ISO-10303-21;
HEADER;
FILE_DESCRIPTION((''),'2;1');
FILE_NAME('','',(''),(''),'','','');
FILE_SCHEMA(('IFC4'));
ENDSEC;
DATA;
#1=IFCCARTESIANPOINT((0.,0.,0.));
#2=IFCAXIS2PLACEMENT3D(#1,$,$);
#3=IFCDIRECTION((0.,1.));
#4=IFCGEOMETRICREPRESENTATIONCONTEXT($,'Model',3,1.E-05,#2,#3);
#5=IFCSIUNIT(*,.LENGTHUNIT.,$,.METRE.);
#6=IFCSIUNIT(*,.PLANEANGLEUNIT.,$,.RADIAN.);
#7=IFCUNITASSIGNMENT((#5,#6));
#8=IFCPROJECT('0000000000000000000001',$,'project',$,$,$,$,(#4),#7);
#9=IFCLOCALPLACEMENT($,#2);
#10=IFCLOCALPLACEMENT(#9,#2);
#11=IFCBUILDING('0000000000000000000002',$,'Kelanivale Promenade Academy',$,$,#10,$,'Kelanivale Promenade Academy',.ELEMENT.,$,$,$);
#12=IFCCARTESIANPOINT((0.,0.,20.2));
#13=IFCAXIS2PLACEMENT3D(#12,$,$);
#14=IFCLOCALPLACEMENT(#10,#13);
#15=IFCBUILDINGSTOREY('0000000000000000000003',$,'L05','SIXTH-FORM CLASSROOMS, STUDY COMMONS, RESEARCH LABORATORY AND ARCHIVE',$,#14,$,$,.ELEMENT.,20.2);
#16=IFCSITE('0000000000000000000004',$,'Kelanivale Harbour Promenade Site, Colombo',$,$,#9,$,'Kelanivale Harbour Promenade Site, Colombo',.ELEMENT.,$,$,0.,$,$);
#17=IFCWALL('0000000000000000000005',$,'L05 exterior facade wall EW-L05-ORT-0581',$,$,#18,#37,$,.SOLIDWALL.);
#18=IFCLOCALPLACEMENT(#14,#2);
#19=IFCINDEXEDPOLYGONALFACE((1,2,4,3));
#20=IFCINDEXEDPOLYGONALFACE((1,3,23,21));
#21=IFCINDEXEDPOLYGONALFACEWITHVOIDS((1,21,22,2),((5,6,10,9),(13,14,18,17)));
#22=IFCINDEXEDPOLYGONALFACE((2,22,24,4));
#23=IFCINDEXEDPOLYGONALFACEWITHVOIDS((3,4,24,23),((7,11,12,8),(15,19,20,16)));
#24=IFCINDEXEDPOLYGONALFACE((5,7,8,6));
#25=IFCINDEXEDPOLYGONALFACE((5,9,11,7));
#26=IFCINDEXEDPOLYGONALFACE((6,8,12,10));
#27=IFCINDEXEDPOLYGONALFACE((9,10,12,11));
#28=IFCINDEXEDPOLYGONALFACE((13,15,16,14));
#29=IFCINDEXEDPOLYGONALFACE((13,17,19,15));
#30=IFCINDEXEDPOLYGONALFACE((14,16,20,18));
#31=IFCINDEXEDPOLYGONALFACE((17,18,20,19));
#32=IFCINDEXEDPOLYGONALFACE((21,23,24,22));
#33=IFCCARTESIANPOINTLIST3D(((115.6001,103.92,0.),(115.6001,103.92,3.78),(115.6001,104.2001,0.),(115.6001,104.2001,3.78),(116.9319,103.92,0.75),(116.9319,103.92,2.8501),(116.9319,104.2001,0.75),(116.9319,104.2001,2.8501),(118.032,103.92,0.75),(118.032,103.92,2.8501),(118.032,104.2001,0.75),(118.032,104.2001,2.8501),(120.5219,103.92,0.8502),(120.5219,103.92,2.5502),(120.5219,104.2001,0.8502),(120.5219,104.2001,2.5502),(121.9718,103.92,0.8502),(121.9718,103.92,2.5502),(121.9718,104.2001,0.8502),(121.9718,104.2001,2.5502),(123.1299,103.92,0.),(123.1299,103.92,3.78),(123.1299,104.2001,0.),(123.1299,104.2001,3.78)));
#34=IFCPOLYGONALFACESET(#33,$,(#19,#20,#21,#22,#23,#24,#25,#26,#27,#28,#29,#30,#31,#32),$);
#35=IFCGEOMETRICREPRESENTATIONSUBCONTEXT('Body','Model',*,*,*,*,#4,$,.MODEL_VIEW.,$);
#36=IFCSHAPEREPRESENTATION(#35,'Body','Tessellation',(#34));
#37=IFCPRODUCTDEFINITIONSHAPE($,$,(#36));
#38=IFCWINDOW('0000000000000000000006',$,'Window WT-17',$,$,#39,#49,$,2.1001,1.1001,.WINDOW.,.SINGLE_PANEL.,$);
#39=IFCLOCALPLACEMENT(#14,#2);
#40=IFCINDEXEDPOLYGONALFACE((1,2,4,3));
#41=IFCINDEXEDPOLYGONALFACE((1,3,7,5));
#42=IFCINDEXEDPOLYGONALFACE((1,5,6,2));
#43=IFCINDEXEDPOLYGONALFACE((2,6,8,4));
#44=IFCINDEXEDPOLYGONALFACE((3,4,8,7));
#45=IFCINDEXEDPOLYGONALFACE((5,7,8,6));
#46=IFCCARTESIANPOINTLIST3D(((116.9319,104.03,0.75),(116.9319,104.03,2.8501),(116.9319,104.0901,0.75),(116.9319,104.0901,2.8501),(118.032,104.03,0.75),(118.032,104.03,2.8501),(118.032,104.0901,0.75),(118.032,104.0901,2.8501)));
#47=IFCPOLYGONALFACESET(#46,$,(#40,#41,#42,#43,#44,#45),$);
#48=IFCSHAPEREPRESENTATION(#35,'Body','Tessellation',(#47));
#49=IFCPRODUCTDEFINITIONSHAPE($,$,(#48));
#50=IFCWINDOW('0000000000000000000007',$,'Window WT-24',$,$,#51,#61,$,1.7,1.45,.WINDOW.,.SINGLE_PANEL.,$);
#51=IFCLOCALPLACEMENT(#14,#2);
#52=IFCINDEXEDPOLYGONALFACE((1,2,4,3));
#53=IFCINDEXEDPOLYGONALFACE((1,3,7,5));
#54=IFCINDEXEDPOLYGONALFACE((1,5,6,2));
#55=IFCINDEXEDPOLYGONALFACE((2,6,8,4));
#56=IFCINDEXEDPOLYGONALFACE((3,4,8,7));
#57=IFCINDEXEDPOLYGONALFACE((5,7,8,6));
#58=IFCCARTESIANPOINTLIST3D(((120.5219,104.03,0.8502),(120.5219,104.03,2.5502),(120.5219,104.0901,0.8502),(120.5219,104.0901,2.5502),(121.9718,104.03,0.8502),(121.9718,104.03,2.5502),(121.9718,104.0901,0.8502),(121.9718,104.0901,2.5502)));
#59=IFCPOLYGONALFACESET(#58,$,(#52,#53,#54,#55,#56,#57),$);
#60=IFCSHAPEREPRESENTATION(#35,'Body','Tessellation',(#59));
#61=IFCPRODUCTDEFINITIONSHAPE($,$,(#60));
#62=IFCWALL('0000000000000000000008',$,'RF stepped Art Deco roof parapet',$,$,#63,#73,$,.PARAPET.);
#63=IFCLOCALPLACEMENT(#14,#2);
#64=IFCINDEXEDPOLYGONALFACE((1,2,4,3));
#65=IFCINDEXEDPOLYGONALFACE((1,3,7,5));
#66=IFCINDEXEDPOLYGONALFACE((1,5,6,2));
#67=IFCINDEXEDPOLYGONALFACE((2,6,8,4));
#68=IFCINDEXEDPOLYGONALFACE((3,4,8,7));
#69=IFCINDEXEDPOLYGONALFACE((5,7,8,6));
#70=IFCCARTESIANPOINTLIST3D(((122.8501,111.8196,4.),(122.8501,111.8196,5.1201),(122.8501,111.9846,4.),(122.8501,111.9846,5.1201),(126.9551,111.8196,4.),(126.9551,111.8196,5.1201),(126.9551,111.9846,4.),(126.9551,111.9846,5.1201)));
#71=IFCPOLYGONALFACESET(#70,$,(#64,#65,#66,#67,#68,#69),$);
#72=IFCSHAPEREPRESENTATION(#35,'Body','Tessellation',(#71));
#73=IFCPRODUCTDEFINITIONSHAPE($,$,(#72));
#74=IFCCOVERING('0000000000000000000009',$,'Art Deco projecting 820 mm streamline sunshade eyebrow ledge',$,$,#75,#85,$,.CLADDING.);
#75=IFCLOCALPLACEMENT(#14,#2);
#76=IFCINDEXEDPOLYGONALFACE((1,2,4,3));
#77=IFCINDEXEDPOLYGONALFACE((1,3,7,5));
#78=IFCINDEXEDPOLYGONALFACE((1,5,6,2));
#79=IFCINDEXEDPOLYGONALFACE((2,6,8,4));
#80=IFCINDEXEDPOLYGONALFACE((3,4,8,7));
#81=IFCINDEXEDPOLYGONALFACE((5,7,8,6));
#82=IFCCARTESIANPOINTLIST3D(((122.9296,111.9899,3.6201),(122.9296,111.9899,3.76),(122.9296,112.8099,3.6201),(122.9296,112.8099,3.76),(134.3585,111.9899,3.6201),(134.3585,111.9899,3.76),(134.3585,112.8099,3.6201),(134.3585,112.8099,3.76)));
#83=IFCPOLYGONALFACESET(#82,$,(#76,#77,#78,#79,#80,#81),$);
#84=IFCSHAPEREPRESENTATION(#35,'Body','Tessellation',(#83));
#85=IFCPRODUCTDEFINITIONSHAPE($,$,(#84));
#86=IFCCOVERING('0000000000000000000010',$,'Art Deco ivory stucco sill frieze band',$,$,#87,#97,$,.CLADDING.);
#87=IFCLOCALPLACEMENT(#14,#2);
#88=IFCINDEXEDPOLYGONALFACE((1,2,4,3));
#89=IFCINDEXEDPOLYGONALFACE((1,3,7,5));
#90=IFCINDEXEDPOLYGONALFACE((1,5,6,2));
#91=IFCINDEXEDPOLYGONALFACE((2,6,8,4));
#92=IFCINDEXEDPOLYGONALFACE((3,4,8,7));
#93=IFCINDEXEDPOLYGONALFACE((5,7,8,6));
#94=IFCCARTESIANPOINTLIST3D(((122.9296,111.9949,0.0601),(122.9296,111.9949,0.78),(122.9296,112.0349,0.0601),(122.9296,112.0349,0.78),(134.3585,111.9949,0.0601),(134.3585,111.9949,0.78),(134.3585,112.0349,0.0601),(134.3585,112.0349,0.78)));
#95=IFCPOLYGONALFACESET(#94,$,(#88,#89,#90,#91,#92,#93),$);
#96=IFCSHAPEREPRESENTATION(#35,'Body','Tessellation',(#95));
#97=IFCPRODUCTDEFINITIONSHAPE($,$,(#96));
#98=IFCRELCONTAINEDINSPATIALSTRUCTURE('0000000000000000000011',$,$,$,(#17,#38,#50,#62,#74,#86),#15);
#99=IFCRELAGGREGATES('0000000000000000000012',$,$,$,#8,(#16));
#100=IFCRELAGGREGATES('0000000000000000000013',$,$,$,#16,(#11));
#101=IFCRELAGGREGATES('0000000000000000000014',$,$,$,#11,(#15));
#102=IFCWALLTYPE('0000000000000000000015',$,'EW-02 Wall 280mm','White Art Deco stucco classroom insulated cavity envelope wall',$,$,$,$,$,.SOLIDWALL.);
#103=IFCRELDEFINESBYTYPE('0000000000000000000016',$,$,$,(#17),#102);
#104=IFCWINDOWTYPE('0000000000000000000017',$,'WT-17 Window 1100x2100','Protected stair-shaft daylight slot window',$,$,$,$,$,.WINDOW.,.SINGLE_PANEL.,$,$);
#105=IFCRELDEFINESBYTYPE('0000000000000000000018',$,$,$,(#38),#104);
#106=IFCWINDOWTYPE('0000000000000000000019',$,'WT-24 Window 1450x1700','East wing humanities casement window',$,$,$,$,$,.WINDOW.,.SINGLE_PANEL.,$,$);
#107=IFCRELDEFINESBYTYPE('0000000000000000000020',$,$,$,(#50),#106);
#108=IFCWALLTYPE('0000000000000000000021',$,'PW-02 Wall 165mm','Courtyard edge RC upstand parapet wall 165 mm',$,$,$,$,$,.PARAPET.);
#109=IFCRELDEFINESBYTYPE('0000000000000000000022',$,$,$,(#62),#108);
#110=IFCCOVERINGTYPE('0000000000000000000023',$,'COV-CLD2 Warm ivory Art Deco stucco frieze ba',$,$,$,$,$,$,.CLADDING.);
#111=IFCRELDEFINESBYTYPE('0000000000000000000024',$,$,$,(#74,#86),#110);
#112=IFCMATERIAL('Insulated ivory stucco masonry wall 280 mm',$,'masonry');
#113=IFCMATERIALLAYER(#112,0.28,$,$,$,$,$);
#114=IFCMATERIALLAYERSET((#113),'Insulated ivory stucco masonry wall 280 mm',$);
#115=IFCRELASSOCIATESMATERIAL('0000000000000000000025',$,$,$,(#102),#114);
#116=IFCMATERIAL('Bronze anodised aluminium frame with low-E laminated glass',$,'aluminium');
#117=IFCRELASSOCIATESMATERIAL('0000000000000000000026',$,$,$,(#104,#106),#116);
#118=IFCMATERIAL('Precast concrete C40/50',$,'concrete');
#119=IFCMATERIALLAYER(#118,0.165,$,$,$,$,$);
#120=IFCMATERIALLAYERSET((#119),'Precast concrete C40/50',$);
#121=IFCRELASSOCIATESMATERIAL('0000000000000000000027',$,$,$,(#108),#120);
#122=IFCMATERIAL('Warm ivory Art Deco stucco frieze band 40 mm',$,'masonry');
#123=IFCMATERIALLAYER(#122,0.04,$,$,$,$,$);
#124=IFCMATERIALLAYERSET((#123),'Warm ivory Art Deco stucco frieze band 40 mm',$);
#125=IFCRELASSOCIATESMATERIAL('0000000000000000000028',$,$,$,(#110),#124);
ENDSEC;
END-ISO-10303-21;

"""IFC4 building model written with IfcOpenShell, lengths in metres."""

from ifc_helpers import new_model, si_unit, direction, frame, frame_2d, origin, origin_2d, place, context, subcontext, project, spatial, rectangle, extrude, material, layer, layer_set, type_object, element, fill, save


model = new_model("IFC4")

# Units and contexts
model_context = context("Model", 3, precision=1e-05, world=origin(), true_north=direction((0.0, 1.0)))
body_context = subcontext(model_context, "Body", "Model", "MODEL_VIEW")
ifc_project = project(units=[si_unit("LENGTHUNIT", "METRE"), si_unit("PLANEANGLEUNIT", "RADIAN")], contexts=[model_context])

# Site, building, storey
site_placement = place(None, origin())
site = spatial("IfcSite", under=ifc_project, at=site_placement, Name="Kelanivale Harbour Promenade Site, Colombo", LongName="Kelanivale Harbour Promenade Site, Colombo", CompositionType="ELEMENT", RefElevation=0.0)
building_placement = place(site_placement, origin())
building = spatial("IfcBuilding", under=site, at=building_placement, Name="Kelanivale Promenade Academy", LongName="Kelanivale Promenade Academy", CompositionType="ELEMENT")
storey_placement = place(building_placement, frame((0.0, 0.0, 20.2)))
storey = spatial("IfcBuildingStorey", under=building, at=storey_placement, Name="L05", Description="SIXTH-FORM CLASSROOMS, STUDY COMMONS, RESEARCH LABORATORY AND ARCHIVE", CompositionType="ELEMENT", Elevation=20.2)

# Shared definitions
ifc_material_1 = material(Name="Insulated ivory stucco masonry wall 280 mm", Category="masonry")
ifc_layer_1 = layer(ifc_material_1, 0.28)
ifc_layer_set_1 = layer_set([ifc_layer_1], Name="Insulated ivory stucco masonry wall 280 mm")
wall_type_1 = type_object("IfcWallType", Name="EW-02 Wall 280mm", Description="White Art Deco stucco classroom insulated cavity envelope wall", PredefinedType="SOLIDWALL", material=ifc_layer_set_1)

# Wall, openings, windows
wall_1_placement = place(storey_placement, frame((123.1299, 104.0601, 0.0), z_axis=(0.0, 0.0, 1.0), x_axis=(-1.0, 0.0, 0.0)))
wall_1 = element("IfcWall", 1, at=wall_1_placement, inside=storey, type_object=wall_type_1, Name="L05 exterior facade wall EW-L05-ORT-0581", PredefinedType="SOLIDWALL", context=body_context, shape_type="SweptSolid", body=[
    extrude(rectangle(XDim=7.5298, YDim=0.28, at=frame_2d((3.7649, 0.0))), origin(), (0.0, 0.0, 1.0), 3.78),
])
opening_1_placement = place(wall_1_placement, frame((1.158, 0.0, 0.8501)))
opening_1 = element("IfcOpeningElement", 2, at=opening_1_placement, cuts=wall_1, PredefinedType="OPENING", context=body_context, shape_type="SweptSolid", body=[
    extrude(rectangle(XDim=1.45, YDim=1.7, at=frame_2d((0.7251, 0.8501))), frame((0.0, 0.1499, 0.0), z_axis=(0.0, -1.0, 0.0), x_axis=(1.0, 0.0, 0.0)), (0.0, 0.0, 1.0), 0.3),
])
opening_2_placement = place(wall_1_placement, frame((5.0979, 0.0, 0.75)))
opening_2 = element("IfcOpeningElement", 3, at=opening_2_placement, cuts=wall_1, PredefinedType="OPENING", context=body_context, shape_type="SweptSolid", body=[
    extrude(rectangle(XDim=1.1001, YDim=2.1001, at=frame_2d((0.55, 1.05))), frame((0.0, 0.1499, 0.0), z_axis=(0.0, -1.0, 0.0), x_axis=(1.0, 0.0, 0.0)), (0.0, 0.0, 1.0), 0.3),
])
ifc_material_2 = material(Name="Bronze anodised aluminium frame with low-E laminated glass", Category="aluminium")
window_type_1 = type_object("IfcWindowType", Name="WT-17 Window 1100x2100", Description="Protected stair-shaft daylight slot window", PartitioningType="SINGLE_PANEL", PredefinedType="WINDOW", material=ifc_material_2)
window_1_placement = place(opening_2_placement, origin())
window_1 = element("IfcWindow", 4, at=window_1_placement, inside=storey, type_object=window_type_1, Name="Window WT-17", OverallHeight=2.1001, OverallWidth=1.1001, PartitioningType="SINGLE_PANEL", PredefinedType="WINDOW", context=body_context, shape_type="SweptSolid", body=[
    extrude(rectangle(XDim=1.1001, YDim=2.1001, at=frame_2d((0.55, 1.05))), frame((0.0, 0.03, 0.0), z_axis=(0.0, -1.0, 0.0), x_axis=(1.0, 0.0, 0.0)), (0.0, 0.0, 1.0), 0.0601),
])
fill(opening_2, window_1)
window_type_2 = type_object("IfcWindowType", Name="WT-24 Window 1450x1700", Description="East wing humanities casement window", PartitioningType="SINGLE_PANEL", PredefinedType="WINDOW", material=ifc_material_2)
window_2_placement = place(opening_1_placement, origin())
window_2 = element("IfcWindow", 5, at=window_2_placement, inside=storey, type_object=window_type_2, Name="Window WT-24", OverallHeight=1.7, OverallWidth=1.45, PartitioningType="SINGLE_PANEL", PredefinedType="WINDOW", context=body_context, shape_type="SweptSolid", body=[
    extrude(rectangle(XDim=1.45, YDim=1.7, at=frame_2d((0.7251, 0.8501))), frame((0.0, 0.03, 0.0), z_axis=(0.0, -1.0, 0.0), x_axis=(1.0, 0.0, 0.0)), (0.0, 0.0, 1.0), 0.0601),
])
fill(opening_1, window_2)

# Wall
ifc_material_3 = material(Name="Precast concrete C40/50", Category="concrete")
ifc_layer_2 = layer(ifc_material_3, 0.165)
ifc_layer_set_2 = layer_set([ifc_layer_2], Name="Precast concrete C40/50")
wall_type_2 = type_object("IfcWallType", Name="PW-02 Wall 165mm", Description="Courtyard edge RC upstand parapet wall 165 mm", PredefinedType="PARAPET", material=ifc_layer_set_2)
wall_2_placement = place(storey_placement, frame((126.9551, 111.9021, 4.0), z_axis=(0.0, 0.0, 1.0), x_axis=(-1.0, 0.0, 0.0)))
element("IfcWall", 6, at=wall_2_placement, inside=storey, type_object=wall_type_2, Name="RF stepped Art Deco roof parapet", PredefinedType="PARAPET", context=body_context, shape_type="SweptSolid", body=[
    extrude(rectangle(XDim=4.105, YDim=0.165, at=frame_2d((2.0525, 0.0))), origin(), (0.0, 0.0, 1.0), 1.1201),
])

# Coverings
ifc_material_4 = material(Name="Warm ivory Art Deco stucco frieze band 40 mm", Category="masonry")
ifc_layer_3 = layer(ifc_material_4, 0.04)
ifc_layer_set_3 = layer_set([ifc_layer_3], Name="Warm ivory Art Deco stucco frieze band 40 mm")
covering_type = type_object("IfcCoveringType", Name="COV-CLD2 Warm ivory Art Deco stucco frieze ba", PredefinedType="CLADDING", material=ifc_layer_set_3)
covering_1_placement = place(storey_placement, frame((128.644, 112.3999, 3.6201), z_axis=(0.0, 0.0, 1.0), x_axis=(-1.0, 0.0, 0.0)))
element("IfcCovering", 7, at=covering_1_placement, inside=storey, type_object=covering_type, Name="Art Deco projecting 820 mm streamline sunshade eyebrow ledge", PredefinedType="CLADDING", context=body_context, shape_type="SweptSolid", body=[
    extrude(rectangle(XDim=11.429, YDim=0.8201, at=origin_2d()), origin(), (0.0, 0.0, 1.0), 0.1399),
])
covering_2_placement = place(storey_placement, frame((128.644, 112.0149, 0.0601), z_axis=(0.0, 0.0, 1.0), x_axis=(-1.0, 0.0, 0.0)))
element("IfcCovering", 8, at=covering_2_placement, inside=storey, type_object=covering_type, Name="Art Deco ivory stucco sill frieze band", PredefinedType="CLADDING", context=body_context, shape_type="SweptSolid", body=[
    extrude(rectangle(XDim=11.429, YDim=0.04, at=origin_2d()), origin(), (0.0, 0.0, 1.0), 0.72),
])

save(model, "model.ifc")
